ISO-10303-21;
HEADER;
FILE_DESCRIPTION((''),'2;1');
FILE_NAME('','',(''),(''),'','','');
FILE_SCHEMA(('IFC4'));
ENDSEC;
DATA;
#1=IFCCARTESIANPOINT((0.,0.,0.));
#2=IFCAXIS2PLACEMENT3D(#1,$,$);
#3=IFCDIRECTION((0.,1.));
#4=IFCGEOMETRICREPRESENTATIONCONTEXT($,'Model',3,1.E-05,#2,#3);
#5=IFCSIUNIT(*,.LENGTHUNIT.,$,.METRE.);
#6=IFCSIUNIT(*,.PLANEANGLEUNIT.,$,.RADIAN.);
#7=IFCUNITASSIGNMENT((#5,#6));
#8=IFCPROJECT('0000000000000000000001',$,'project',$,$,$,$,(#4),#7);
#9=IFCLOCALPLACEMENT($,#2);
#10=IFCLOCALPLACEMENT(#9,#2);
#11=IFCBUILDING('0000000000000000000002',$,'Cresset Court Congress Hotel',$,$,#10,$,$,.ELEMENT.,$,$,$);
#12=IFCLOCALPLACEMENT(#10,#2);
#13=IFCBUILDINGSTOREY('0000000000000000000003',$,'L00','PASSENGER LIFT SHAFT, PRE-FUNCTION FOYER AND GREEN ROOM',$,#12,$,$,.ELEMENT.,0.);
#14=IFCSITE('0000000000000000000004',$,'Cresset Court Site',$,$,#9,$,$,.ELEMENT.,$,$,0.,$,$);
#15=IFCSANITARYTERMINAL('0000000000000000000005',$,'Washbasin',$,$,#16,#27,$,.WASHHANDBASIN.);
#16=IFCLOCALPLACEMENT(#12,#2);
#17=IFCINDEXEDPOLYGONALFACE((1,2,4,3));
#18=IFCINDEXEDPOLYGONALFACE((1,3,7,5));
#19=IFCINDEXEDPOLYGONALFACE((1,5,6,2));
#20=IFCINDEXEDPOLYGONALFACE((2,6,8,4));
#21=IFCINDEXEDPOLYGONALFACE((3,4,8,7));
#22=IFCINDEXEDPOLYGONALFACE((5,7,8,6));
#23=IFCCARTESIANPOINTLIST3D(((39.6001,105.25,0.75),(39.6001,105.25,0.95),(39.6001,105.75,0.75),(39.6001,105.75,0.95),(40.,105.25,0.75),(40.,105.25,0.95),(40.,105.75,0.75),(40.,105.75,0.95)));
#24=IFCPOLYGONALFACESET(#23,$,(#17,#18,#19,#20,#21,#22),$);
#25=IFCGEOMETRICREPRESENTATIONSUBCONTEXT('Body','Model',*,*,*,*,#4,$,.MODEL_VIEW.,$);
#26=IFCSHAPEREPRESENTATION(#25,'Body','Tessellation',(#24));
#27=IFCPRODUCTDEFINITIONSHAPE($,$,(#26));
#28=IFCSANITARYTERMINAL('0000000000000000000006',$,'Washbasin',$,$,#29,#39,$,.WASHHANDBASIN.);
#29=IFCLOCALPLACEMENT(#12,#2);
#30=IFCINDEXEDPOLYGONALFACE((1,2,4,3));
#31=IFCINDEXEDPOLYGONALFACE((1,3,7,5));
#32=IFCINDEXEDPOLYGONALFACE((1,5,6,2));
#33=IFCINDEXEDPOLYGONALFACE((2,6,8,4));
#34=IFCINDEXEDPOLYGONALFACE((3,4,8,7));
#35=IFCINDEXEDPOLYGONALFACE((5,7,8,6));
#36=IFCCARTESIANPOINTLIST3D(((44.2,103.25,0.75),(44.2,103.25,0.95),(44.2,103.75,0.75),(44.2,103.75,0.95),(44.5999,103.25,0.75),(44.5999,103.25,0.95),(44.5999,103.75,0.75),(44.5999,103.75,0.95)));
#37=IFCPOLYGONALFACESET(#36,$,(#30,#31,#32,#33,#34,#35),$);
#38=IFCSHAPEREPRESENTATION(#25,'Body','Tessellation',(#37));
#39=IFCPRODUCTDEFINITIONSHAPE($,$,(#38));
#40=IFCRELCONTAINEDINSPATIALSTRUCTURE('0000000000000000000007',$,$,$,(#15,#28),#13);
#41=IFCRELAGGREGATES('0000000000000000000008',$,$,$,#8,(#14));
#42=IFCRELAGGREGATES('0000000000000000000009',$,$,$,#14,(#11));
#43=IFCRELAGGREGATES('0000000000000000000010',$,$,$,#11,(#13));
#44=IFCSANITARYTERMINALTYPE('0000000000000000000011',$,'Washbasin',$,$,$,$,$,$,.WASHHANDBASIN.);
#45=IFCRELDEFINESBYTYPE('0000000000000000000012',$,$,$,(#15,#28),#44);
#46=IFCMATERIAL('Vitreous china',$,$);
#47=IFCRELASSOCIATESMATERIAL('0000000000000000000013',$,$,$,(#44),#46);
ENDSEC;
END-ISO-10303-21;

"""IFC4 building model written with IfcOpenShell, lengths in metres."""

from ifc_helpers import new_model, si_unit, direction, frame, origin, origin_2d, place, context, subcontext, project, spatial, rectangle, extrude, material, type_object, element, save


model = new_model("IFC4")

# Units and contexts
model_context = context("Model", 3, precision=1e-05, world=origin(), true_north=direction((0.0, 1.0)))
body_context = subcontext(model_context, "Body", "Model", "MODEL_VIEW")
ifc_project = project(units=[si_unit("LENGTHUNIT", "METRE"), si_unit("PLANEANGLEUNIT", "RADIAN")], contexts=[model_context])

# Site, building, storey
site_placement = place(None, origin())
site = spatial("IfcSite", under=ifc_project, at=site_placement, Name="Cresset Court Site", CompositionType="ELEMENT", RefElevation=0.0)
building_placement = place(site_placement, origin())
building = spatial("IfcBuilding", under=site, at=building_placement, Name="Cresset Court Congress Hotel", CompositionType="ELEMENT")
storey_placement = place(building_placement, origin())
storey = spatial("IfcBuildingStorey", under=building, at=storey_placement, Name="L00", Description="PASSENGER LIFT SHAFT, PRE-FUNCTION FOYER AND GREEN ROOM", CompositionType="ELEMENT", Elevation=0.0)

# Sanitary terminals
ifc_material_1 = material(Name="Vitreous china")
sanitary_terminal_type_1 = type_object("IfcSanitaryTerminalType", Name="Washbasin", PredefinedType="WASHHANDBASIN", material=ifc_material_1)
for number, where, z_axis, x_axis, name in (
    (1, (39.8, 105.5, 0.75), (0.0, 0.0, 1.0), (0.0, 1.0, 0.0), "Washbasin"),
    (2, (44.3999, 103.5, 0.75), (0.0, 0.0, 1.0), (0.0, 1.0, 0.0), "Washbasin"),
):
    element("IfcSanitaryTerminal", number, at=place(storey_placement, frame(where, z_axis=z_axis, x_axis=x_axis)), inside=storey, type_object=sanitary_terminal_type_1, Name=name, PredefinedType="WASHHANDBASIN", context=body_context, shape_type="SweptSolid", body=[
        extrude(rectangle(XDim=0.5, YDim=0.3999, at=origin_2d()), origin(), (0.0, 0.0, 1.0), 0.2),
    ])

save(model, "model.ifc")
